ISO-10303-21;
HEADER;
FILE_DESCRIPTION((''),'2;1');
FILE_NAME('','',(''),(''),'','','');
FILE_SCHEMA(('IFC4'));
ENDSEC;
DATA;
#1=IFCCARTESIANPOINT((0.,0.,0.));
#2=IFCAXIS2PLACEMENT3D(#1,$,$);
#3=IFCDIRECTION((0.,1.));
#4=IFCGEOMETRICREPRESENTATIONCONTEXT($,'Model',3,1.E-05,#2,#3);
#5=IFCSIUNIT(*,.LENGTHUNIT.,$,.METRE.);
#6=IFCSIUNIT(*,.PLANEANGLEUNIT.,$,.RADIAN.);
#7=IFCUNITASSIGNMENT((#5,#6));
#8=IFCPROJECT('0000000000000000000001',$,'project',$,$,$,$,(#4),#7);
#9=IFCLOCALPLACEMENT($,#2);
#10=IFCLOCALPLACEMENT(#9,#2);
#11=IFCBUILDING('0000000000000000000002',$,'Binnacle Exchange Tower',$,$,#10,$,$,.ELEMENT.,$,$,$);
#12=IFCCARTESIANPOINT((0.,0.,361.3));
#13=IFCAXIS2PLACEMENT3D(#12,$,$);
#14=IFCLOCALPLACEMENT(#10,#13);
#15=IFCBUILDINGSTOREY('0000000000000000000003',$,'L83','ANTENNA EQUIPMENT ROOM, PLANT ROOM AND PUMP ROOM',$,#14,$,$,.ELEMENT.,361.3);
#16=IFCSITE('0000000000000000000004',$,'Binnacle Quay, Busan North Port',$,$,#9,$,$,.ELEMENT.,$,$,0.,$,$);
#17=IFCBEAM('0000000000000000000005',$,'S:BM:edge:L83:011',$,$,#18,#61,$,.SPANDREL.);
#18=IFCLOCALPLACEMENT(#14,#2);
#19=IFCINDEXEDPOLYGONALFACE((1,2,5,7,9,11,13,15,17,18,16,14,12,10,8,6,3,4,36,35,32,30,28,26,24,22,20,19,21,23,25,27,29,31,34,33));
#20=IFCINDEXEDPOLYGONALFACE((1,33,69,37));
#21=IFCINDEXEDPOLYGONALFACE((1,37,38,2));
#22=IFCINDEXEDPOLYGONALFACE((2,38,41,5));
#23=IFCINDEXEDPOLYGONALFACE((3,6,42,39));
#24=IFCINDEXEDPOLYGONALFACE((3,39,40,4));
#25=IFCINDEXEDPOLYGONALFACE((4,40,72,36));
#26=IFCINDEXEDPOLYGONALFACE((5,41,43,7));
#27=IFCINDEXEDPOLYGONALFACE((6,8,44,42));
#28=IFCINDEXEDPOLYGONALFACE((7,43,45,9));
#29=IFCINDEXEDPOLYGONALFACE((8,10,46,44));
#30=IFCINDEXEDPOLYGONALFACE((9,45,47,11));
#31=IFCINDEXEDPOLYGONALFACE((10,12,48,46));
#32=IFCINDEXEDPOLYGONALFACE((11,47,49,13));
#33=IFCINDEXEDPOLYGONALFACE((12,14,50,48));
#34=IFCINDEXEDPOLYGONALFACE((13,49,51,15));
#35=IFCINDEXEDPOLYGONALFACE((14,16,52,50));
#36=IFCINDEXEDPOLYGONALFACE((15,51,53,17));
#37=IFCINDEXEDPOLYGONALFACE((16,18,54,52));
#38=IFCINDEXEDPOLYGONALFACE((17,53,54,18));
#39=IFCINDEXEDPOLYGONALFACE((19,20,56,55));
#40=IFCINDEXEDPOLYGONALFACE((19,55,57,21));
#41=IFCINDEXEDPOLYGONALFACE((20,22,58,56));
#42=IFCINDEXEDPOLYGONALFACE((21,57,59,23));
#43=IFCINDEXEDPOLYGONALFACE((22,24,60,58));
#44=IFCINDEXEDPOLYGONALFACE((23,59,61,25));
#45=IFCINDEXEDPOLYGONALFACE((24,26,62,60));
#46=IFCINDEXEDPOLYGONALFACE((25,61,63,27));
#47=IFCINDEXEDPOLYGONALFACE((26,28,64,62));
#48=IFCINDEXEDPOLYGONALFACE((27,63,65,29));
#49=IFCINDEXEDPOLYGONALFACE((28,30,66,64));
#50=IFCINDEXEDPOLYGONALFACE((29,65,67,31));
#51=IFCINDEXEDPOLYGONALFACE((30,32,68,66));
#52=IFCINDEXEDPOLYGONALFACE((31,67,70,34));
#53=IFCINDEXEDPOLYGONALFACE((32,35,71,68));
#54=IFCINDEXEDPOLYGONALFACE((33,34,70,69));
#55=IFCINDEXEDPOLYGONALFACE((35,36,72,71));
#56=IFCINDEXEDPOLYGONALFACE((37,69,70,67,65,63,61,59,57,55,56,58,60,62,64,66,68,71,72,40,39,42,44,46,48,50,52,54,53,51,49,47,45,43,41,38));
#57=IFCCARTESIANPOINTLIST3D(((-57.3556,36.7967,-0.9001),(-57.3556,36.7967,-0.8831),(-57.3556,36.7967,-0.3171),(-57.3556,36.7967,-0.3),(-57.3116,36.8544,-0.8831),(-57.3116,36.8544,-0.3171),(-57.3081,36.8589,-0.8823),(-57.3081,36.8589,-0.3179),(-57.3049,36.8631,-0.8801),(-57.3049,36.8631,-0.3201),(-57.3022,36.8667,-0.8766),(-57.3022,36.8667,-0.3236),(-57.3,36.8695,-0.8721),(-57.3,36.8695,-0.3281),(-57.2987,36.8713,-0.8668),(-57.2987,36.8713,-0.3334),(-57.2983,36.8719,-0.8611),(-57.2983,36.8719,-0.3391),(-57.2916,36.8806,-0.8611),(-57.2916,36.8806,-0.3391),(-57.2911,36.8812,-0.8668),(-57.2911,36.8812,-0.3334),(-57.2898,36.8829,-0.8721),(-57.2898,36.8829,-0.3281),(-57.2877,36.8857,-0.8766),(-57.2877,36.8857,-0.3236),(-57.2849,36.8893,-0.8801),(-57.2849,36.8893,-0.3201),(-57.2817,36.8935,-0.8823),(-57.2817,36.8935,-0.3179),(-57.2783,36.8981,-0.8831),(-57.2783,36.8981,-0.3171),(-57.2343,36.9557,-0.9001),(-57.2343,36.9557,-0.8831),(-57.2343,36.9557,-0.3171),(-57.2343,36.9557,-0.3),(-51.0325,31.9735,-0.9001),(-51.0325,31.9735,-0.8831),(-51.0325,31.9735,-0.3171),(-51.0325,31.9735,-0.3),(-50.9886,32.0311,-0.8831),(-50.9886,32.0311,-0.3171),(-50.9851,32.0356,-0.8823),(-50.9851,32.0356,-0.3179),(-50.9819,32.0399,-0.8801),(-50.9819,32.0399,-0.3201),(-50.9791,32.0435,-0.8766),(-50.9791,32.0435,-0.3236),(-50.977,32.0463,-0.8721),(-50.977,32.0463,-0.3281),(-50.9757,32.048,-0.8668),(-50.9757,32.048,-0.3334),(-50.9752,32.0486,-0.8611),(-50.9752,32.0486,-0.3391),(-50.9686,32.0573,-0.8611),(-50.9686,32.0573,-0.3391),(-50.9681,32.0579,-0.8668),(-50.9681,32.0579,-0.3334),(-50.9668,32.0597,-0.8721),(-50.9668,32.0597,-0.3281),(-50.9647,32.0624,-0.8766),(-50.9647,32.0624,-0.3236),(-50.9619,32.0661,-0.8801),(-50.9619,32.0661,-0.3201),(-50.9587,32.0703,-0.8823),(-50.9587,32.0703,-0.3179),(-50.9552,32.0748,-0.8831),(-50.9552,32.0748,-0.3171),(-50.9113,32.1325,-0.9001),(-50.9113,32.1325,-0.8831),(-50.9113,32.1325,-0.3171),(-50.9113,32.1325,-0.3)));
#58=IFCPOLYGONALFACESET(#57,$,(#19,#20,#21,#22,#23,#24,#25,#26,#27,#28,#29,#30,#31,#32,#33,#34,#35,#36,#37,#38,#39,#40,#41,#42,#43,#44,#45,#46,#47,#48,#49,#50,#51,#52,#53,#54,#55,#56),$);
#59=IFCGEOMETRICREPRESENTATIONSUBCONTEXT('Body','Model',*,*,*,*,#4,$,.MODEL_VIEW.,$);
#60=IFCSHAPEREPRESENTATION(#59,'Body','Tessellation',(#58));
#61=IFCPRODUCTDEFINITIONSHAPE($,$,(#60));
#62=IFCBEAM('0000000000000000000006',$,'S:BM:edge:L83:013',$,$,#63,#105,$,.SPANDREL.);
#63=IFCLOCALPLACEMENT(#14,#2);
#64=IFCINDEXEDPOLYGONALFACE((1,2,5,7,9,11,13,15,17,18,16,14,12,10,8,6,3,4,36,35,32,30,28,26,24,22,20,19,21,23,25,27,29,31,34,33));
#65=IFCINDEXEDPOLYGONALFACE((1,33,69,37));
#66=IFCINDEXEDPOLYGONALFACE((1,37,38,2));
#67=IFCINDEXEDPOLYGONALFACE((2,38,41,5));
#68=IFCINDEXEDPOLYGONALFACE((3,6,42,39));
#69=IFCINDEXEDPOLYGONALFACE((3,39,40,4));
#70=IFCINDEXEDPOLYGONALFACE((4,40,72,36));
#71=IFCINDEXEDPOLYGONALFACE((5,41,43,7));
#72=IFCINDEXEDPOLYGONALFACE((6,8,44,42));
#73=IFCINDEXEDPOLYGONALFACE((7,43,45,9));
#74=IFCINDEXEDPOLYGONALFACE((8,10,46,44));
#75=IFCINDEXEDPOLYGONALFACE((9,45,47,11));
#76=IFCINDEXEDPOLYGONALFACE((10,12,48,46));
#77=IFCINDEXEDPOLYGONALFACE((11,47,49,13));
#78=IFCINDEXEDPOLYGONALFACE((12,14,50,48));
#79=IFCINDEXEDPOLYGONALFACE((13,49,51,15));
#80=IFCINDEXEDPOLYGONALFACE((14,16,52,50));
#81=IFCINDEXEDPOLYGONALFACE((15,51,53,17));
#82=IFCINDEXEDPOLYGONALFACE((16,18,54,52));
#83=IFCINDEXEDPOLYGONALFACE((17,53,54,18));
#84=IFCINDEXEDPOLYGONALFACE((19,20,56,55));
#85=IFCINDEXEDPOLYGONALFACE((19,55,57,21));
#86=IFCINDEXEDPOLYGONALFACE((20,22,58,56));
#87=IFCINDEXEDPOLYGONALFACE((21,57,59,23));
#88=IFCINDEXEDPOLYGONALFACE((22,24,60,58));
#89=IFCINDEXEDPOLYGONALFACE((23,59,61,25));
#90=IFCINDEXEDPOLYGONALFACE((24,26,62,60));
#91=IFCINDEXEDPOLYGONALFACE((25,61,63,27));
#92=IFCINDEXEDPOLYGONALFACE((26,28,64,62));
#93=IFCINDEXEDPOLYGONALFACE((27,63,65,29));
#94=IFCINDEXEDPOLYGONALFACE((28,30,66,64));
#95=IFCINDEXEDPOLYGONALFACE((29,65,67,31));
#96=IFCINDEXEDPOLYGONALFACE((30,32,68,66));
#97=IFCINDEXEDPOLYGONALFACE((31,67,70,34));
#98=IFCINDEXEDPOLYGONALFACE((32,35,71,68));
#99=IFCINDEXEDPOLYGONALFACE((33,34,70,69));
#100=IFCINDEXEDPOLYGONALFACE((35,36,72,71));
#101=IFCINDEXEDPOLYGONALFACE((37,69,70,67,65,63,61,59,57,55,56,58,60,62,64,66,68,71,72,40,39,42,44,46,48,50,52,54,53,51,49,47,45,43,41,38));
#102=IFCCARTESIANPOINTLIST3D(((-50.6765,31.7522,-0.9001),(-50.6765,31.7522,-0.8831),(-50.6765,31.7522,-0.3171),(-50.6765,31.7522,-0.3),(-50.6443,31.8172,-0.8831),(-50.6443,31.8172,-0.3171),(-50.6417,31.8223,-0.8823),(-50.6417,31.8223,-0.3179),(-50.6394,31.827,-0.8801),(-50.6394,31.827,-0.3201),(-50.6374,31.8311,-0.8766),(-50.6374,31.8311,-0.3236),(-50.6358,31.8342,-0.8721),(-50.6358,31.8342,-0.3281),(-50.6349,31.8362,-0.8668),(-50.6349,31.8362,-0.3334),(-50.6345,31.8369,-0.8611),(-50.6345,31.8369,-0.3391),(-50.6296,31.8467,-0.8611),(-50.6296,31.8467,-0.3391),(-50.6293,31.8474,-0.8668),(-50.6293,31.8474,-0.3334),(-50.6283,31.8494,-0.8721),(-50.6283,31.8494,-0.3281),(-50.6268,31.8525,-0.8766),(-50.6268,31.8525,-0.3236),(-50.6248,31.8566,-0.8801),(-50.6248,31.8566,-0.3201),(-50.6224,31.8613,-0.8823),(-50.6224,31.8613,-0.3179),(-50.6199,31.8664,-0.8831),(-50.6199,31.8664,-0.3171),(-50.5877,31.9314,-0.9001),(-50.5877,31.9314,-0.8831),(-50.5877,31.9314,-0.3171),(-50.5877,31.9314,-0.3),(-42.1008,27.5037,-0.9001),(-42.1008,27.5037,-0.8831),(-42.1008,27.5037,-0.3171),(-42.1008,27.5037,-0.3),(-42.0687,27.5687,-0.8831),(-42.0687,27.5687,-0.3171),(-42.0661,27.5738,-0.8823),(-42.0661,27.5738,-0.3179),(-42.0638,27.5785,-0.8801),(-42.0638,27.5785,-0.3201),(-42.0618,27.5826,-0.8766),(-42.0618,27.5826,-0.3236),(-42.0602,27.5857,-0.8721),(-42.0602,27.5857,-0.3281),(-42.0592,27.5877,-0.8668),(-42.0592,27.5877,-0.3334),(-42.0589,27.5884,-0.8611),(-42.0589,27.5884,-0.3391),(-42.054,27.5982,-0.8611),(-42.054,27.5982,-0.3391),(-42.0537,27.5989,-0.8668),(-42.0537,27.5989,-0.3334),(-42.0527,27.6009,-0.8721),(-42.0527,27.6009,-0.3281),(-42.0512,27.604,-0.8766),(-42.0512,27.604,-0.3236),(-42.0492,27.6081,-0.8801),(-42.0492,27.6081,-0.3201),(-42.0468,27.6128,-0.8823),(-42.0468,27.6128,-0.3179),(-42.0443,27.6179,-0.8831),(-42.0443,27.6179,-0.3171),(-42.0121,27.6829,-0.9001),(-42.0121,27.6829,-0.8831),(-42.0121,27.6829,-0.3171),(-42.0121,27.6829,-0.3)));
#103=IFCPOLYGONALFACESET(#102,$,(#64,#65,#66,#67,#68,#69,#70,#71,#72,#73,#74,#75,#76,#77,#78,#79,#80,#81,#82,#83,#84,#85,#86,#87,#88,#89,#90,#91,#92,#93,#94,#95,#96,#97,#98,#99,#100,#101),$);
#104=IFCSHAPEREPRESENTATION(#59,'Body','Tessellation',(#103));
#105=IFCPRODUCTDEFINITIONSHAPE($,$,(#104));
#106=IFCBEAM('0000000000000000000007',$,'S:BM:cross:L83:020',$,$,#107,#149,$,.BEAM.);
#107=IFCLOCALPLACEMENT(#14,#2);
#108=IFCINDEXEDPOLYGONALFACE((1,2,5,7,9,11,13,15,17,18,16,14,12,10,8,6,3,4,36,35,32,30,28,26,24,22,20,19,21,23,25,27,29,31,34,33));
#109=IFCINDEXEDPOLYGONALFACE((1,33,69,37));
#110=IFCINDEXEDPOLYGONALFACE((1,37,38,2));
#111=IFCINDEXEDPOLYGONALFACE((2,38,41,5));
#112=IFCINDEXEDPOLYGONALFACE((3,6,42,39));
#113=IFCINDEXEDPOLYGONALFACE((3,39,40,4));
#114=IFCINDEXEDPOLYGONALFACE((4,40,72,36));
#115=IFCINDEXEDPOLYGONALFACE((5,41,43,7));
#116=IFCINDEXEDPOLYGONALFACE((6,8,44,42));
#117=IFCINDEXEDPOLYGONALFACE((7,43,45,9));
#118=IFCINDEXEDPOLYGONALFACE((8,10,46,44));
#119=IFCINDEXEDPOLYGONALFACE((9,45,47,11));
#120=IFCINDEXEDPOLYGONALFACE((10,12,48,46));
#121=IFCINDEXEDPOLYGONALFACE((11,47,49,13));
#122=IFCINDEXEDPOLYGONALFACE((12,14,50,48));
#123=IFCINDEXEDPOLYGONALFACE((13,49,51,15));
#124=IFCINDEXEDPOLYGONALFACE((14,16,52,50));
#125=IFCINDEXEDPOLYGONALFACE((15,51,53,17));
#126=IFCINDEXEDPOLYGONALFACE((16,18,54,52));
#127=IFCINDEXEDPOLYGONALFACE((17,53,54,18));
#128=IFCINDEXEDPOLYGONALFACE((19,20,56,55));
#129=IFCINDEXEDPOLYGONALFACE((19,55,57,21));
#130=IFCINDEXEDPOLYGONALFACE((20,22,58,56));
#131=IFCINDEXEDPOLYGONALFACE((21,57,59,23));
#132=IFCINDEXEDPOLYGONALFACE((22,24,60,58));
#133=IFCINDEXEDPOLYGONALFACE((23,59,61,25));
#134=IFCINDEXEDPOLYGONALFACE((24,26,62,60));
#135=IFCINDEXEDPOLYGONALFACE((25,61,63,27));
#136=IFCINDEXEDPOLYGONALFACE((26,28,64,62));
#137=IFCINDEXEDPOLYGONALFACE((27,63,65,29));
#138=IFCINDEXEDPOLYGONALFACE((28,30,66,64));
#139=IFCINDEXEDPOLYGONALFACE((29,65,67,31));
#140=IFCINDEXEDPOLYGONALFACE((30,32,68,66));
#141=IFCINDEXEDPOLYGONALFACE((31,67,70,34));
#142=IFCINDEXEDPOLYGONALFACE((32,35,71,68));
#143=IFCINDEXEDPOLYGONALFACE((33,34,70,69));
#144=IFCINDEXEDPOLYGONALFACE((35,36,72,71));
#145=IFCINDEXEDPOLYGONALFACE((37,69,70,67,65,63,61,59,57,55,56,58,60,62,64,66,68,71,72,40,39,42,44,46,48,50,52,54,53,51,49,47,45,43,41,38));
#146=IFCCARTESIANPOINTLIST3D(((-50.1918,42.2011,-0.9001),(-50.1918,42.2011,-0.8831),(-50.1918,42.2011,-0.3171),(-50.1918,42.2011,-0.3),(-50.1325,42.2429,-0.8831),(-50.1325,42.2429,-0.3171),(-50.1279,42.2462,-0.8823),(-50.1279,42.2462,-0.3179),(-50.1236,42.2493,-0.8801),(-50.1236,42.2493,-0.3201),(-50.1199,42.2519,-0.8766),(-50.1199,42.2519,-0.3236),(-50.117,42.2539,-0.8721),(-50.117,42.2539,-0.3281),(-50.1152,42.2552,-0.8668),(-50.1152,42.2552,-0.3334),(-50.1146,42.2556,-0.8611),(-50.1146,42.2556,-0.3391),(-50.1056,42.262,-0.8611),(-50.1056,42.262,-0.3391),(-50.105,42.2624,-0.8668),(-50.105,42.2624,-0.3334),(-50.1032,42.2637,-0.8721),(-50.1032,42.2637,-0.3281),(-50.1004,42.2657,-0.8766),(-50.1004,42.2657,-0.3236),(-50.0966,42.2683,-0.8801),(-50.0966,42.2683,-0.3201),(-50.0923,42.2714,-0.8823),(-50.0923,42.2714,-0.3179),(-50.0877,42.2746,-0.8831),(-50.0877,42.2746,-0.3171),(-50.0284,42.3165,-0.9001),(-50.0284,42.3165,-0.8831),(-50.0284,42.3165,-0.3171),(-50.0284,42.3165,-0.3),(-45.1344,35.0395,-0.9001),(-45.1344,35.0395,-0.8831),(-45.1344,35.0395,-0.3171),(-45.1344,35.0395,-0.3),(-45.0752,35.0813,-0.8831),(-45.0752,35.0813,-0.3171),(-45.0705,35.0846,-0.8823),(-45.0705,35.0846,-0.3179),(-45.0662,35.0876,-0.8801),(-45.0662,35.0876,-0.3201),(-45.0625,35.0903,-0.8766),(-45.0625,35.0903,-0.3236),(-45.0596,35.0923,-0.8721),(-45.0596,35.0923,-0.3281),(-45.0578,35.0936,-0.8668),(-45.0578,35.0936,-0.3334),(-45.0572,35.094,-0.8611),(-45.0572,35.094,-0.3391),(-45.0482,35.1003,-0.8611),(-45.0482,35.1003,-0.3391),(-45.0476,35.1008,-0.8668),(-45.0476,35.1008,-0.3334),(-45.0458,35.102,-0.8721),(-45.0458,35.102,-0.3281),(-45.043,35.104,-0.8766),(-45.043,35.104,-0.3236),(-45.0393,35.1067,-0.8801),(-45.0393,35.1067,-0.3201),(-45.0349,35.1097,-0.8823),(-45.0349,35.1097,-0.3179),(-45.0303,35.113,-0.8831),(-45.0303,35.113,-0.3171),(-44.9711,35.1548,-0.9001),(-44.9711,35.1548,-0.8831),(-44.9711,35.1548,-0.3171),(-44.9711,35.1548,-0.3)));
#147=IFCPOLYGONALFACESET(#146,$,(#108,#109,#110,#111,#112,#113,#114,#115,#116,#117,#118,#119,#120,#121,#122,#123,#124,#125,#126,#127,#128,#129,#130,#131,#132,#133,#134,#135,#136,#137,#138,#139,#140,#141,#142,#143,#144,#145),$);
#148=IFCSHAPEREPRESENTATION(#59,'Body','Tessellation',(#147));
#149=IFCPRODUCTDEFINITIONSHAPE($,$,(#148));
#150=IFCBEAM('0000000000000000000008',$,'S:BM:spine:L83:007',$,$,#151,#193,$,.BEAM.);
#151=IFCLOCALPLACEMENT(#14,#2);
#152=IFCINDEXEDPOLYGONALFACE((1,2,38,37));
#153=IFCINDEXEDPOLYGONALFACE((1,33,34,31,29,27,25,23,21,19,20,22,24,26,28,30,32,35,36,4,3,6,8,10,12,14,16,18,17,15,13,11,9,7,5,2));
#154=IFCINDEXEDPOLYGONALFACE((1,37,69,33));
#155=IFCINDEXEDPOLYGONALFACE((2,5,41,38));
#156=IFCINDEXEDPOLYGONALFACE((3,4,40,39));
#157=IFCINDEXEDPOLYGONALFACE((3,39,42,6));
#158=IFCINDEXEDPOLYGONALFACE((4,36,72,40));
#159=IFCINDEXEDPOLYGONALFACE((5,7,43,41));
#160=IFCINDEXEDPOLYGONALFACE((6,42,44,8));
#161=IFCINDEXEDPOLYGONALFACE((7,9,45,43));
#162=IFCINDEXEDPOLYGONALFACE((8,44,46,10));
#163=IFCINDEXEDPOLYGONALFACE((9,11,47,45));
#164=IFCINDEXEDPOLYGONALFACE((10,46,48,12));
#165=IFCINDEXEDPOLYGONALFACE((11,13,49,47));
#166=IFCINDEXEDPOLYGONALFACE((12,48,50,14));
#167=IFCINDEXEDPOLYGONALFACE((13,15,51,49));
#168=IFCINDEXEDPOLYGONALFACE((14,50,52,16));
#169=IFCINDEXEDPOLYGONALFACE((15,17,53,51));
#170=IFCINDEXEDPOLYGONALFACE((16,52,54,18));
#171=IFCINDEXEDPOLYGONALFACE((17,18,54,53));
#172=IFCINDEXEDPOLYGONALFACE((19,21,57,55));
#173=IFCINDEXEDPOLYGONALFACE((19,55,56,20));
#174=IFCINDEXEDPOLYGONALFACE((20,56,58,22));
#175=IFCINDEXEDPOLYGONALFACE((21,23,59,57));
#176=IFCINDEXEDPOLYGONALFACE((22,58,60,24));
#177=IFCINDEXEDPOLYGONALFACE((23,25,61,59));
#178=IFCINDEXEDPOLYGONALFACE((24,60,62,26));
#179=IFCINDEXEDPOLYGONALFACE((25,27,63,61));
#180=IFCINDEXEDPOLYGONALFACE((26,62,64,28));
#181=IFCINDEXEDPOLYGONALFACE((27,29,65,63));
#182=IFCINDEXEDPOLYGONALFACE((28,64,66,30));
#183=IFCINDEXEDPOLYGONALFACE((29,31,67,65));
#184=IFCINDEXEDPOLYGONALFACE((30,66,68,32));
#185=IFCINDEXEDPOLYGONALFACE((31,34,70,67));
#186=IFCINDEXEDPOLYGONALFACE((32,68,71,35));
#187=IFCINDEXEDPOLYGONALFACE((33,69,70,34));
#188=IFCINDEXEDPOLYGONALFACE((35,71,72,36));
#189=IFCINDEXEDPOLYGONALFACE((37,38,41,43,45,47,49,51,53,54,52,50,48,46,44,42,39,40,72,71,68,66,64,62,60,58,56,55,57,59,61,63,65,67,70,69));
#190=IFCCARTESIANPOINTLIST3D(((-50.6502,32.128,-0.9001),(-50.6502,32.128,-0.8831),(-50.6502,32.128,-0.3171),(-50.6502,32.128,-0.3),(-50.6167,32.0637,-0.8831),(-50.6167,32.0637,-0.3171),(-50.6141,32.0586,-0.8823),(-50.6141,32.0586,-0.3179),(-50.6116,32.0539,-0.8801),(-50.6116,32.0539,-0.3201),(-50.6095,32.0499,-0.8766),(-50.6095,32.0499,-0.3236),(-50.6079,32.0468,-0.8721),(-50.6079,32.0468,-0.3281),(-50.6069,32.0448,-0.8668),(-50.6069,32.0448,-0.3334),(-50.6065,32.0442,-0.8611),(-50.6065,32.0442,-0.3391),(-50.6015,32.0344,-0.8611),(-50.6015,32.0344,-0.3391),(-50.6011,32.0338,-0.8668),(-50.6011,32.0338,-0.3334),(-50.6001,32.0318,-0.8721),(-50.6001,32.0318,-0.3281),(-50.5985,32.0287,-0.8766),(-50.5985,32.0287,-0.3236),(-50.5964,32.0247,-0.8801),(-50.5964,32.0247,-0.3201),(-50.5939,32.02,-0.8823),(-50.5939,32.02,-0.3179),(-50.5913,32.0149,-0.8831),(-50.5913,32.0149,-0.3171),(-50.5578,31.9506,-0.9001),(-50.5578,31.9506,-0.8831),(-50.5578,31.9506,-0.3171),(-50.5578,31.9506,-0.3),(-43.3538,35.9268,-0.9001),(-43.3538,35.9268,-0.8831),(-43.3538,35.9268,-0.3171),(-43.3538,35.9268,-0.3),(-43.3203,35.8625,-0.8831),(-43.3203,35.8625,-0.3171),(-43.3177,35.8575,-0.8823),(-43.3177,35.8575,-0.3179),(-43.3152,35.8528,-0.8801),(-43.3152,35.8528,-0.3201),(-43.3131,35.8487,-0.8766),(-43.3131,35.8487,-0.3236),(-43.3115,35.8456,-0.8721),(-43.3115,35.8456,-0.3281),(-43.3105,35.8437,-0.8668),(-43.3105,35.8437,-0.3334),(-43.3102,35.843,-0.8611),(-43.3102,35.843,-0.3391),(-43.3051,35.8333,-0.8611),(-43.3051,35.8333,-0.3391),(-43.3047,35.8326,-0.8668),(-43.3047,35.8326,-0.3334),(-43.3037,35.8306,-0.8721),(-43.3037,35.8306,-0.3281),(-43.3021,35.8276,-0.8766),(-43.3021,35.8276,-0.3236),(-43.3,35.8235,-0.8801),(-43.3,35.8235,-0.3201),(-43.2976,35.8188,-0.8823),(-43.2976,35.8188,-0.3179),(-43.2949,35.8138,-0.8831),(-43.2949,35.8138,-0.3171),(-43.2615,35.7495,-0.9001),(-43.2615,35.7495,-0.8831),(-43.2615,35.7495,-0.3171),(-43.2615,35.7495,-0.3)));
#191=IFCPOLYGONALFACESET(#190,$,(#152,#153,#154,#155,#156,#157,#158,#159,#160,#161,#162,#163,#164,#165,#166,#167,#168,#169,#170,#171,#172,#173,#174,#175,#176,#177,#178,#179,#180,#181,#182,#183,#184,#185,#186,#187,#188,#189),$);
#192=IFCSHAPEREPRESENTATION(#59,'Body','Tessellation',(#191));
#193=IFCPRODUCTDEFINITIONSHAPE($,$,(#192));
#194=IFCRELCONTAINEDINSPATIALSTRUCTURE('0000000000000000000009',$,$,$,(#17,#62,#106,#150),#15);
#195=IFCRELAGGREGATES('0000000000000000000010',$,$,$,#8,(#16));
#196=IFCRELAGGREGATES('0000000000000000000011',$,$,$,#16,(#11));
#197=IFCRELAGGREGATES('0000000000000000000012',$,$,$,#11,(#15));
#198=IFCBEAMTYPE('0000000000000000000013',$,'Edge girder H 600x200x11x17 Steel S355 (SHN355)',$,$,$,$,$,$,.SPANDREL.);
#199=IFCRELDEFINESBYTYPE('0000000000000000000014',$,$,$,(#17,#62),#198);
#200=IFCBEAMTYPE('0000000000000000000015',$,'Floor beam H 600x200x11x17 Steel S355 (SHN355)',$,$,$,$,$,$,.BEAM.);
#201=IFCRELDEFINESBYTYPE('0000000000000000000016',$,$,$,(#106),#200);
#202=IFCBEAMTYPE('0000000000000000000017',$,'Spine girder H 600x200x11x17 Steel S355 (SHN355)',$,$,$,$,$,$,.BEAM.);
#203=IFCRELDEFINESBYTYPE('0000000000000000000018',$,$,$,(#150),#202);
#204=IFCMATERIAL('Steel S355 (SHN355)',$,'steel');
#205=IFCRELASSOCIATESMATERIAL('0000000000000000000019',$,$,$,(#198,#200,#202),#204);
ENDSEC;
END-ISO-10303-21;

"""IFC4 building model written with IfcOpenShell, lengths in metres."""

from ifc_helpers import new_model, si_unit, direction, frame, origin, origin_2d, place, context, subcontext, project, spatial, i_section, extrude, material, material_profile, profile_set, type_object, element, save


model = new_model("IFC4")

# Units and contexts
model_context = context("Model", 3, precision=1e-05, world=origin(), true_north=direction((0.0, 1.0)))
body_context = subcontext(model_context, "Body", "Model", "MODEL_VIEW")
ifc_project = project(units=[si_unit("LENGTHUNIT", "METRE"), si_unit("PLANEANGLEUNIT", "RADIAN")], contexts=[model_context])

# Site, building, storey
site_placement = place(None, origin())
site = spatial("IfcSite", under=ifc_project, at=site_placement, Name="Binnacle Quay, Busan North Port", CompositionType="ELEMENT", RefElevation=0.0)
building_placement = place(site_placement, origin())
building = spatial("IfcBuilding", under=site, at=building_placement, Name="Binnacle Exchange Tower", CompositionType="ELEMENT")
storey_placement = place(building_placement, frame((0.0, 0.0, 361.3)))
storey = spatial("IfcBuildingStorey", under=building, at=storey_placement, Name="L83", Description="ANTENNA EQUIPMENT ROOM, PLANT ROOM AND PUMP ROOM", CompositionType="ELEMENT", Elevation=361.3)

# Shared definitions
ifc_material_1 = material(Name="Steel S355 (SHN355)", Category="steel")

# Beams
ifc_material_profile_1 = material_profile(ifc_material_1, i_section(OverallWidth=0.2, OverallDepth=0.6001, WebThickness=0.011, FlangeThickness=0.0171, FilletRadius=0.022, at=origin_2d()), Name="H 600x200x11x17")
ifc_profile_set_1 = profile_set([ifc_material_profile_1], Name="Steel S355 (SHN355)")
beam_type_1 = type_object("IfcBeamType", Name="Edge girder H 600x200x11x17 Steel S355 (SHN355)", PredefinedType="SPANDREL", material=ifc_profile_set_1)
beam_1_placement = place(storey_placement, frame((-57.2949, 36.8762, -0.6001), z_axis=(0.795085, -0.606498, 0.0), x_axis=(0.606498, 0.795085, 0.0)))
element("IfcBeam", 1, at=beam_1_placement, inside=storey, type_object=beam_type_1, Name="S:BM:edge:L83:011", PredefinedType="SPANDREL", context=body_context, shape_type="SweptSolid", body=[
    extrude(i_section(OverallWidth=0.2, OverallDepth=0.6001, WebThickness=0.011, FlangeThickness=0.0171, FilletRadius=0.022, at=origin_2d()), origin(), (0.0, 0.0, 1.0), 7.9526),
])
beam_2_placement = place(storey_placement, frame((-50.6321, 31.8418, -0.6001), z_axis=(0.896064, -0.443925, 0.0), x_axis=(0.443925, 0.896064, 0.0)))
element("IfcBeam", 2, at=beam_2_placement, inside=storey, type_object=beam_type_1, Name="S:BM:edge:L83:013", PredefinedType="SPANDREL", context=body_context, shape_type="SweptSolid", body=[
    extrude(i_section(OverallWidth=0.2, OverallDepth=0.6001, WebThickness=0.011, FlangeThickness=0.0171, FilletRadius=0.022, at=origin_2d()), origin(), (0.0, 0.0, 1.0), 9.5703),
])
ifc_material_profile_2 = material_profile(ifc_material_1, i_section(OverallWidth=0.2, OverallDepth=0.6001, WebThickness=0.011, FlangeThickness=0.0171, FilletRadius=0.022, at=origin_2d()), Name="H 600x200x11x17")
ifc_profile_set_2 = profile_set([ifc_material_profile_2], Name="Steel S355 (SHN355)")
beam_type_2 = type_object("IfcBeamType", Name="Floor beam H 600x200x11x17 Steel S355 (SHN355)", PredefinedType="BEAM", material=ifc_profile_set_2)
beam_3_placement = place(storey_placement, frame((-50.1101, 42.2588, -0.6001), z_axis=(0.576844, -0.816854, 0.0), x_axis=(0.816854, 0.576844, 0.0)))
element("IfcBeam", 3, at=beam_3_placement, inside=storey, type_object=beam_type_2, Name="S:BM:cross:L83:020", PredefinedType="BEAM", context=body_context, shape_type="SweptSolid", body=[
    extrude(i_section(OverallWidth=0.2, OverallDepth=0.6001, WebThickness=0.011, FlangeThickness=0.0171, FilletRadius=0.022, at=origin_2d()), origin(), (0.0, 0.0, 1.0), 8.7673),
])
ifc_material_profile_3 = material_profile(ifc_material_1, i_section(OverallWidth=0.2, OverallDepth=0.6001, WebThickness=0.011, FlangeThickness=0.0171, FilletRadius=0.022, at=origin_2d()), Name="H 600x200x11x17")
ifc_profile_set_3 = profile_set([ifc_material_profile_3], Name="Steel S355 (SHN355)")
beam_type_3 = type_object("IfcBeamType", Name="Spine girder H 600x200x11x17 Steel S355 (SHN355)", PredefinedType="BEAM", material=ifc_profile_set_3)
beam_4_placement = place(storey_placement, frame((-50.604, 32.0393, -0.6001), z_axis=(0.886982, 0.461803, 0.0), x_axis=(-0.461803, 0.886982, 0.0)))
element("IfcBeam", 4, at=beam_4_placement, inside=storey, type_object=beam_type_3, Name="S:BM:spine:L83:007", PredefinedType="BEAM", context=body_context, shape_type="SweptSolid", body=[
    extrude(i_section(OverallWidth=0.2, OverallDepth=0.6001, WebThickness=0.011, FlangeThickness=0.0171, FilletRadius=0.022, at=origin_2d()), origin(), (0.0, 0.0, 1.0), 8.2261),
])

save(model, "model.ifc")
